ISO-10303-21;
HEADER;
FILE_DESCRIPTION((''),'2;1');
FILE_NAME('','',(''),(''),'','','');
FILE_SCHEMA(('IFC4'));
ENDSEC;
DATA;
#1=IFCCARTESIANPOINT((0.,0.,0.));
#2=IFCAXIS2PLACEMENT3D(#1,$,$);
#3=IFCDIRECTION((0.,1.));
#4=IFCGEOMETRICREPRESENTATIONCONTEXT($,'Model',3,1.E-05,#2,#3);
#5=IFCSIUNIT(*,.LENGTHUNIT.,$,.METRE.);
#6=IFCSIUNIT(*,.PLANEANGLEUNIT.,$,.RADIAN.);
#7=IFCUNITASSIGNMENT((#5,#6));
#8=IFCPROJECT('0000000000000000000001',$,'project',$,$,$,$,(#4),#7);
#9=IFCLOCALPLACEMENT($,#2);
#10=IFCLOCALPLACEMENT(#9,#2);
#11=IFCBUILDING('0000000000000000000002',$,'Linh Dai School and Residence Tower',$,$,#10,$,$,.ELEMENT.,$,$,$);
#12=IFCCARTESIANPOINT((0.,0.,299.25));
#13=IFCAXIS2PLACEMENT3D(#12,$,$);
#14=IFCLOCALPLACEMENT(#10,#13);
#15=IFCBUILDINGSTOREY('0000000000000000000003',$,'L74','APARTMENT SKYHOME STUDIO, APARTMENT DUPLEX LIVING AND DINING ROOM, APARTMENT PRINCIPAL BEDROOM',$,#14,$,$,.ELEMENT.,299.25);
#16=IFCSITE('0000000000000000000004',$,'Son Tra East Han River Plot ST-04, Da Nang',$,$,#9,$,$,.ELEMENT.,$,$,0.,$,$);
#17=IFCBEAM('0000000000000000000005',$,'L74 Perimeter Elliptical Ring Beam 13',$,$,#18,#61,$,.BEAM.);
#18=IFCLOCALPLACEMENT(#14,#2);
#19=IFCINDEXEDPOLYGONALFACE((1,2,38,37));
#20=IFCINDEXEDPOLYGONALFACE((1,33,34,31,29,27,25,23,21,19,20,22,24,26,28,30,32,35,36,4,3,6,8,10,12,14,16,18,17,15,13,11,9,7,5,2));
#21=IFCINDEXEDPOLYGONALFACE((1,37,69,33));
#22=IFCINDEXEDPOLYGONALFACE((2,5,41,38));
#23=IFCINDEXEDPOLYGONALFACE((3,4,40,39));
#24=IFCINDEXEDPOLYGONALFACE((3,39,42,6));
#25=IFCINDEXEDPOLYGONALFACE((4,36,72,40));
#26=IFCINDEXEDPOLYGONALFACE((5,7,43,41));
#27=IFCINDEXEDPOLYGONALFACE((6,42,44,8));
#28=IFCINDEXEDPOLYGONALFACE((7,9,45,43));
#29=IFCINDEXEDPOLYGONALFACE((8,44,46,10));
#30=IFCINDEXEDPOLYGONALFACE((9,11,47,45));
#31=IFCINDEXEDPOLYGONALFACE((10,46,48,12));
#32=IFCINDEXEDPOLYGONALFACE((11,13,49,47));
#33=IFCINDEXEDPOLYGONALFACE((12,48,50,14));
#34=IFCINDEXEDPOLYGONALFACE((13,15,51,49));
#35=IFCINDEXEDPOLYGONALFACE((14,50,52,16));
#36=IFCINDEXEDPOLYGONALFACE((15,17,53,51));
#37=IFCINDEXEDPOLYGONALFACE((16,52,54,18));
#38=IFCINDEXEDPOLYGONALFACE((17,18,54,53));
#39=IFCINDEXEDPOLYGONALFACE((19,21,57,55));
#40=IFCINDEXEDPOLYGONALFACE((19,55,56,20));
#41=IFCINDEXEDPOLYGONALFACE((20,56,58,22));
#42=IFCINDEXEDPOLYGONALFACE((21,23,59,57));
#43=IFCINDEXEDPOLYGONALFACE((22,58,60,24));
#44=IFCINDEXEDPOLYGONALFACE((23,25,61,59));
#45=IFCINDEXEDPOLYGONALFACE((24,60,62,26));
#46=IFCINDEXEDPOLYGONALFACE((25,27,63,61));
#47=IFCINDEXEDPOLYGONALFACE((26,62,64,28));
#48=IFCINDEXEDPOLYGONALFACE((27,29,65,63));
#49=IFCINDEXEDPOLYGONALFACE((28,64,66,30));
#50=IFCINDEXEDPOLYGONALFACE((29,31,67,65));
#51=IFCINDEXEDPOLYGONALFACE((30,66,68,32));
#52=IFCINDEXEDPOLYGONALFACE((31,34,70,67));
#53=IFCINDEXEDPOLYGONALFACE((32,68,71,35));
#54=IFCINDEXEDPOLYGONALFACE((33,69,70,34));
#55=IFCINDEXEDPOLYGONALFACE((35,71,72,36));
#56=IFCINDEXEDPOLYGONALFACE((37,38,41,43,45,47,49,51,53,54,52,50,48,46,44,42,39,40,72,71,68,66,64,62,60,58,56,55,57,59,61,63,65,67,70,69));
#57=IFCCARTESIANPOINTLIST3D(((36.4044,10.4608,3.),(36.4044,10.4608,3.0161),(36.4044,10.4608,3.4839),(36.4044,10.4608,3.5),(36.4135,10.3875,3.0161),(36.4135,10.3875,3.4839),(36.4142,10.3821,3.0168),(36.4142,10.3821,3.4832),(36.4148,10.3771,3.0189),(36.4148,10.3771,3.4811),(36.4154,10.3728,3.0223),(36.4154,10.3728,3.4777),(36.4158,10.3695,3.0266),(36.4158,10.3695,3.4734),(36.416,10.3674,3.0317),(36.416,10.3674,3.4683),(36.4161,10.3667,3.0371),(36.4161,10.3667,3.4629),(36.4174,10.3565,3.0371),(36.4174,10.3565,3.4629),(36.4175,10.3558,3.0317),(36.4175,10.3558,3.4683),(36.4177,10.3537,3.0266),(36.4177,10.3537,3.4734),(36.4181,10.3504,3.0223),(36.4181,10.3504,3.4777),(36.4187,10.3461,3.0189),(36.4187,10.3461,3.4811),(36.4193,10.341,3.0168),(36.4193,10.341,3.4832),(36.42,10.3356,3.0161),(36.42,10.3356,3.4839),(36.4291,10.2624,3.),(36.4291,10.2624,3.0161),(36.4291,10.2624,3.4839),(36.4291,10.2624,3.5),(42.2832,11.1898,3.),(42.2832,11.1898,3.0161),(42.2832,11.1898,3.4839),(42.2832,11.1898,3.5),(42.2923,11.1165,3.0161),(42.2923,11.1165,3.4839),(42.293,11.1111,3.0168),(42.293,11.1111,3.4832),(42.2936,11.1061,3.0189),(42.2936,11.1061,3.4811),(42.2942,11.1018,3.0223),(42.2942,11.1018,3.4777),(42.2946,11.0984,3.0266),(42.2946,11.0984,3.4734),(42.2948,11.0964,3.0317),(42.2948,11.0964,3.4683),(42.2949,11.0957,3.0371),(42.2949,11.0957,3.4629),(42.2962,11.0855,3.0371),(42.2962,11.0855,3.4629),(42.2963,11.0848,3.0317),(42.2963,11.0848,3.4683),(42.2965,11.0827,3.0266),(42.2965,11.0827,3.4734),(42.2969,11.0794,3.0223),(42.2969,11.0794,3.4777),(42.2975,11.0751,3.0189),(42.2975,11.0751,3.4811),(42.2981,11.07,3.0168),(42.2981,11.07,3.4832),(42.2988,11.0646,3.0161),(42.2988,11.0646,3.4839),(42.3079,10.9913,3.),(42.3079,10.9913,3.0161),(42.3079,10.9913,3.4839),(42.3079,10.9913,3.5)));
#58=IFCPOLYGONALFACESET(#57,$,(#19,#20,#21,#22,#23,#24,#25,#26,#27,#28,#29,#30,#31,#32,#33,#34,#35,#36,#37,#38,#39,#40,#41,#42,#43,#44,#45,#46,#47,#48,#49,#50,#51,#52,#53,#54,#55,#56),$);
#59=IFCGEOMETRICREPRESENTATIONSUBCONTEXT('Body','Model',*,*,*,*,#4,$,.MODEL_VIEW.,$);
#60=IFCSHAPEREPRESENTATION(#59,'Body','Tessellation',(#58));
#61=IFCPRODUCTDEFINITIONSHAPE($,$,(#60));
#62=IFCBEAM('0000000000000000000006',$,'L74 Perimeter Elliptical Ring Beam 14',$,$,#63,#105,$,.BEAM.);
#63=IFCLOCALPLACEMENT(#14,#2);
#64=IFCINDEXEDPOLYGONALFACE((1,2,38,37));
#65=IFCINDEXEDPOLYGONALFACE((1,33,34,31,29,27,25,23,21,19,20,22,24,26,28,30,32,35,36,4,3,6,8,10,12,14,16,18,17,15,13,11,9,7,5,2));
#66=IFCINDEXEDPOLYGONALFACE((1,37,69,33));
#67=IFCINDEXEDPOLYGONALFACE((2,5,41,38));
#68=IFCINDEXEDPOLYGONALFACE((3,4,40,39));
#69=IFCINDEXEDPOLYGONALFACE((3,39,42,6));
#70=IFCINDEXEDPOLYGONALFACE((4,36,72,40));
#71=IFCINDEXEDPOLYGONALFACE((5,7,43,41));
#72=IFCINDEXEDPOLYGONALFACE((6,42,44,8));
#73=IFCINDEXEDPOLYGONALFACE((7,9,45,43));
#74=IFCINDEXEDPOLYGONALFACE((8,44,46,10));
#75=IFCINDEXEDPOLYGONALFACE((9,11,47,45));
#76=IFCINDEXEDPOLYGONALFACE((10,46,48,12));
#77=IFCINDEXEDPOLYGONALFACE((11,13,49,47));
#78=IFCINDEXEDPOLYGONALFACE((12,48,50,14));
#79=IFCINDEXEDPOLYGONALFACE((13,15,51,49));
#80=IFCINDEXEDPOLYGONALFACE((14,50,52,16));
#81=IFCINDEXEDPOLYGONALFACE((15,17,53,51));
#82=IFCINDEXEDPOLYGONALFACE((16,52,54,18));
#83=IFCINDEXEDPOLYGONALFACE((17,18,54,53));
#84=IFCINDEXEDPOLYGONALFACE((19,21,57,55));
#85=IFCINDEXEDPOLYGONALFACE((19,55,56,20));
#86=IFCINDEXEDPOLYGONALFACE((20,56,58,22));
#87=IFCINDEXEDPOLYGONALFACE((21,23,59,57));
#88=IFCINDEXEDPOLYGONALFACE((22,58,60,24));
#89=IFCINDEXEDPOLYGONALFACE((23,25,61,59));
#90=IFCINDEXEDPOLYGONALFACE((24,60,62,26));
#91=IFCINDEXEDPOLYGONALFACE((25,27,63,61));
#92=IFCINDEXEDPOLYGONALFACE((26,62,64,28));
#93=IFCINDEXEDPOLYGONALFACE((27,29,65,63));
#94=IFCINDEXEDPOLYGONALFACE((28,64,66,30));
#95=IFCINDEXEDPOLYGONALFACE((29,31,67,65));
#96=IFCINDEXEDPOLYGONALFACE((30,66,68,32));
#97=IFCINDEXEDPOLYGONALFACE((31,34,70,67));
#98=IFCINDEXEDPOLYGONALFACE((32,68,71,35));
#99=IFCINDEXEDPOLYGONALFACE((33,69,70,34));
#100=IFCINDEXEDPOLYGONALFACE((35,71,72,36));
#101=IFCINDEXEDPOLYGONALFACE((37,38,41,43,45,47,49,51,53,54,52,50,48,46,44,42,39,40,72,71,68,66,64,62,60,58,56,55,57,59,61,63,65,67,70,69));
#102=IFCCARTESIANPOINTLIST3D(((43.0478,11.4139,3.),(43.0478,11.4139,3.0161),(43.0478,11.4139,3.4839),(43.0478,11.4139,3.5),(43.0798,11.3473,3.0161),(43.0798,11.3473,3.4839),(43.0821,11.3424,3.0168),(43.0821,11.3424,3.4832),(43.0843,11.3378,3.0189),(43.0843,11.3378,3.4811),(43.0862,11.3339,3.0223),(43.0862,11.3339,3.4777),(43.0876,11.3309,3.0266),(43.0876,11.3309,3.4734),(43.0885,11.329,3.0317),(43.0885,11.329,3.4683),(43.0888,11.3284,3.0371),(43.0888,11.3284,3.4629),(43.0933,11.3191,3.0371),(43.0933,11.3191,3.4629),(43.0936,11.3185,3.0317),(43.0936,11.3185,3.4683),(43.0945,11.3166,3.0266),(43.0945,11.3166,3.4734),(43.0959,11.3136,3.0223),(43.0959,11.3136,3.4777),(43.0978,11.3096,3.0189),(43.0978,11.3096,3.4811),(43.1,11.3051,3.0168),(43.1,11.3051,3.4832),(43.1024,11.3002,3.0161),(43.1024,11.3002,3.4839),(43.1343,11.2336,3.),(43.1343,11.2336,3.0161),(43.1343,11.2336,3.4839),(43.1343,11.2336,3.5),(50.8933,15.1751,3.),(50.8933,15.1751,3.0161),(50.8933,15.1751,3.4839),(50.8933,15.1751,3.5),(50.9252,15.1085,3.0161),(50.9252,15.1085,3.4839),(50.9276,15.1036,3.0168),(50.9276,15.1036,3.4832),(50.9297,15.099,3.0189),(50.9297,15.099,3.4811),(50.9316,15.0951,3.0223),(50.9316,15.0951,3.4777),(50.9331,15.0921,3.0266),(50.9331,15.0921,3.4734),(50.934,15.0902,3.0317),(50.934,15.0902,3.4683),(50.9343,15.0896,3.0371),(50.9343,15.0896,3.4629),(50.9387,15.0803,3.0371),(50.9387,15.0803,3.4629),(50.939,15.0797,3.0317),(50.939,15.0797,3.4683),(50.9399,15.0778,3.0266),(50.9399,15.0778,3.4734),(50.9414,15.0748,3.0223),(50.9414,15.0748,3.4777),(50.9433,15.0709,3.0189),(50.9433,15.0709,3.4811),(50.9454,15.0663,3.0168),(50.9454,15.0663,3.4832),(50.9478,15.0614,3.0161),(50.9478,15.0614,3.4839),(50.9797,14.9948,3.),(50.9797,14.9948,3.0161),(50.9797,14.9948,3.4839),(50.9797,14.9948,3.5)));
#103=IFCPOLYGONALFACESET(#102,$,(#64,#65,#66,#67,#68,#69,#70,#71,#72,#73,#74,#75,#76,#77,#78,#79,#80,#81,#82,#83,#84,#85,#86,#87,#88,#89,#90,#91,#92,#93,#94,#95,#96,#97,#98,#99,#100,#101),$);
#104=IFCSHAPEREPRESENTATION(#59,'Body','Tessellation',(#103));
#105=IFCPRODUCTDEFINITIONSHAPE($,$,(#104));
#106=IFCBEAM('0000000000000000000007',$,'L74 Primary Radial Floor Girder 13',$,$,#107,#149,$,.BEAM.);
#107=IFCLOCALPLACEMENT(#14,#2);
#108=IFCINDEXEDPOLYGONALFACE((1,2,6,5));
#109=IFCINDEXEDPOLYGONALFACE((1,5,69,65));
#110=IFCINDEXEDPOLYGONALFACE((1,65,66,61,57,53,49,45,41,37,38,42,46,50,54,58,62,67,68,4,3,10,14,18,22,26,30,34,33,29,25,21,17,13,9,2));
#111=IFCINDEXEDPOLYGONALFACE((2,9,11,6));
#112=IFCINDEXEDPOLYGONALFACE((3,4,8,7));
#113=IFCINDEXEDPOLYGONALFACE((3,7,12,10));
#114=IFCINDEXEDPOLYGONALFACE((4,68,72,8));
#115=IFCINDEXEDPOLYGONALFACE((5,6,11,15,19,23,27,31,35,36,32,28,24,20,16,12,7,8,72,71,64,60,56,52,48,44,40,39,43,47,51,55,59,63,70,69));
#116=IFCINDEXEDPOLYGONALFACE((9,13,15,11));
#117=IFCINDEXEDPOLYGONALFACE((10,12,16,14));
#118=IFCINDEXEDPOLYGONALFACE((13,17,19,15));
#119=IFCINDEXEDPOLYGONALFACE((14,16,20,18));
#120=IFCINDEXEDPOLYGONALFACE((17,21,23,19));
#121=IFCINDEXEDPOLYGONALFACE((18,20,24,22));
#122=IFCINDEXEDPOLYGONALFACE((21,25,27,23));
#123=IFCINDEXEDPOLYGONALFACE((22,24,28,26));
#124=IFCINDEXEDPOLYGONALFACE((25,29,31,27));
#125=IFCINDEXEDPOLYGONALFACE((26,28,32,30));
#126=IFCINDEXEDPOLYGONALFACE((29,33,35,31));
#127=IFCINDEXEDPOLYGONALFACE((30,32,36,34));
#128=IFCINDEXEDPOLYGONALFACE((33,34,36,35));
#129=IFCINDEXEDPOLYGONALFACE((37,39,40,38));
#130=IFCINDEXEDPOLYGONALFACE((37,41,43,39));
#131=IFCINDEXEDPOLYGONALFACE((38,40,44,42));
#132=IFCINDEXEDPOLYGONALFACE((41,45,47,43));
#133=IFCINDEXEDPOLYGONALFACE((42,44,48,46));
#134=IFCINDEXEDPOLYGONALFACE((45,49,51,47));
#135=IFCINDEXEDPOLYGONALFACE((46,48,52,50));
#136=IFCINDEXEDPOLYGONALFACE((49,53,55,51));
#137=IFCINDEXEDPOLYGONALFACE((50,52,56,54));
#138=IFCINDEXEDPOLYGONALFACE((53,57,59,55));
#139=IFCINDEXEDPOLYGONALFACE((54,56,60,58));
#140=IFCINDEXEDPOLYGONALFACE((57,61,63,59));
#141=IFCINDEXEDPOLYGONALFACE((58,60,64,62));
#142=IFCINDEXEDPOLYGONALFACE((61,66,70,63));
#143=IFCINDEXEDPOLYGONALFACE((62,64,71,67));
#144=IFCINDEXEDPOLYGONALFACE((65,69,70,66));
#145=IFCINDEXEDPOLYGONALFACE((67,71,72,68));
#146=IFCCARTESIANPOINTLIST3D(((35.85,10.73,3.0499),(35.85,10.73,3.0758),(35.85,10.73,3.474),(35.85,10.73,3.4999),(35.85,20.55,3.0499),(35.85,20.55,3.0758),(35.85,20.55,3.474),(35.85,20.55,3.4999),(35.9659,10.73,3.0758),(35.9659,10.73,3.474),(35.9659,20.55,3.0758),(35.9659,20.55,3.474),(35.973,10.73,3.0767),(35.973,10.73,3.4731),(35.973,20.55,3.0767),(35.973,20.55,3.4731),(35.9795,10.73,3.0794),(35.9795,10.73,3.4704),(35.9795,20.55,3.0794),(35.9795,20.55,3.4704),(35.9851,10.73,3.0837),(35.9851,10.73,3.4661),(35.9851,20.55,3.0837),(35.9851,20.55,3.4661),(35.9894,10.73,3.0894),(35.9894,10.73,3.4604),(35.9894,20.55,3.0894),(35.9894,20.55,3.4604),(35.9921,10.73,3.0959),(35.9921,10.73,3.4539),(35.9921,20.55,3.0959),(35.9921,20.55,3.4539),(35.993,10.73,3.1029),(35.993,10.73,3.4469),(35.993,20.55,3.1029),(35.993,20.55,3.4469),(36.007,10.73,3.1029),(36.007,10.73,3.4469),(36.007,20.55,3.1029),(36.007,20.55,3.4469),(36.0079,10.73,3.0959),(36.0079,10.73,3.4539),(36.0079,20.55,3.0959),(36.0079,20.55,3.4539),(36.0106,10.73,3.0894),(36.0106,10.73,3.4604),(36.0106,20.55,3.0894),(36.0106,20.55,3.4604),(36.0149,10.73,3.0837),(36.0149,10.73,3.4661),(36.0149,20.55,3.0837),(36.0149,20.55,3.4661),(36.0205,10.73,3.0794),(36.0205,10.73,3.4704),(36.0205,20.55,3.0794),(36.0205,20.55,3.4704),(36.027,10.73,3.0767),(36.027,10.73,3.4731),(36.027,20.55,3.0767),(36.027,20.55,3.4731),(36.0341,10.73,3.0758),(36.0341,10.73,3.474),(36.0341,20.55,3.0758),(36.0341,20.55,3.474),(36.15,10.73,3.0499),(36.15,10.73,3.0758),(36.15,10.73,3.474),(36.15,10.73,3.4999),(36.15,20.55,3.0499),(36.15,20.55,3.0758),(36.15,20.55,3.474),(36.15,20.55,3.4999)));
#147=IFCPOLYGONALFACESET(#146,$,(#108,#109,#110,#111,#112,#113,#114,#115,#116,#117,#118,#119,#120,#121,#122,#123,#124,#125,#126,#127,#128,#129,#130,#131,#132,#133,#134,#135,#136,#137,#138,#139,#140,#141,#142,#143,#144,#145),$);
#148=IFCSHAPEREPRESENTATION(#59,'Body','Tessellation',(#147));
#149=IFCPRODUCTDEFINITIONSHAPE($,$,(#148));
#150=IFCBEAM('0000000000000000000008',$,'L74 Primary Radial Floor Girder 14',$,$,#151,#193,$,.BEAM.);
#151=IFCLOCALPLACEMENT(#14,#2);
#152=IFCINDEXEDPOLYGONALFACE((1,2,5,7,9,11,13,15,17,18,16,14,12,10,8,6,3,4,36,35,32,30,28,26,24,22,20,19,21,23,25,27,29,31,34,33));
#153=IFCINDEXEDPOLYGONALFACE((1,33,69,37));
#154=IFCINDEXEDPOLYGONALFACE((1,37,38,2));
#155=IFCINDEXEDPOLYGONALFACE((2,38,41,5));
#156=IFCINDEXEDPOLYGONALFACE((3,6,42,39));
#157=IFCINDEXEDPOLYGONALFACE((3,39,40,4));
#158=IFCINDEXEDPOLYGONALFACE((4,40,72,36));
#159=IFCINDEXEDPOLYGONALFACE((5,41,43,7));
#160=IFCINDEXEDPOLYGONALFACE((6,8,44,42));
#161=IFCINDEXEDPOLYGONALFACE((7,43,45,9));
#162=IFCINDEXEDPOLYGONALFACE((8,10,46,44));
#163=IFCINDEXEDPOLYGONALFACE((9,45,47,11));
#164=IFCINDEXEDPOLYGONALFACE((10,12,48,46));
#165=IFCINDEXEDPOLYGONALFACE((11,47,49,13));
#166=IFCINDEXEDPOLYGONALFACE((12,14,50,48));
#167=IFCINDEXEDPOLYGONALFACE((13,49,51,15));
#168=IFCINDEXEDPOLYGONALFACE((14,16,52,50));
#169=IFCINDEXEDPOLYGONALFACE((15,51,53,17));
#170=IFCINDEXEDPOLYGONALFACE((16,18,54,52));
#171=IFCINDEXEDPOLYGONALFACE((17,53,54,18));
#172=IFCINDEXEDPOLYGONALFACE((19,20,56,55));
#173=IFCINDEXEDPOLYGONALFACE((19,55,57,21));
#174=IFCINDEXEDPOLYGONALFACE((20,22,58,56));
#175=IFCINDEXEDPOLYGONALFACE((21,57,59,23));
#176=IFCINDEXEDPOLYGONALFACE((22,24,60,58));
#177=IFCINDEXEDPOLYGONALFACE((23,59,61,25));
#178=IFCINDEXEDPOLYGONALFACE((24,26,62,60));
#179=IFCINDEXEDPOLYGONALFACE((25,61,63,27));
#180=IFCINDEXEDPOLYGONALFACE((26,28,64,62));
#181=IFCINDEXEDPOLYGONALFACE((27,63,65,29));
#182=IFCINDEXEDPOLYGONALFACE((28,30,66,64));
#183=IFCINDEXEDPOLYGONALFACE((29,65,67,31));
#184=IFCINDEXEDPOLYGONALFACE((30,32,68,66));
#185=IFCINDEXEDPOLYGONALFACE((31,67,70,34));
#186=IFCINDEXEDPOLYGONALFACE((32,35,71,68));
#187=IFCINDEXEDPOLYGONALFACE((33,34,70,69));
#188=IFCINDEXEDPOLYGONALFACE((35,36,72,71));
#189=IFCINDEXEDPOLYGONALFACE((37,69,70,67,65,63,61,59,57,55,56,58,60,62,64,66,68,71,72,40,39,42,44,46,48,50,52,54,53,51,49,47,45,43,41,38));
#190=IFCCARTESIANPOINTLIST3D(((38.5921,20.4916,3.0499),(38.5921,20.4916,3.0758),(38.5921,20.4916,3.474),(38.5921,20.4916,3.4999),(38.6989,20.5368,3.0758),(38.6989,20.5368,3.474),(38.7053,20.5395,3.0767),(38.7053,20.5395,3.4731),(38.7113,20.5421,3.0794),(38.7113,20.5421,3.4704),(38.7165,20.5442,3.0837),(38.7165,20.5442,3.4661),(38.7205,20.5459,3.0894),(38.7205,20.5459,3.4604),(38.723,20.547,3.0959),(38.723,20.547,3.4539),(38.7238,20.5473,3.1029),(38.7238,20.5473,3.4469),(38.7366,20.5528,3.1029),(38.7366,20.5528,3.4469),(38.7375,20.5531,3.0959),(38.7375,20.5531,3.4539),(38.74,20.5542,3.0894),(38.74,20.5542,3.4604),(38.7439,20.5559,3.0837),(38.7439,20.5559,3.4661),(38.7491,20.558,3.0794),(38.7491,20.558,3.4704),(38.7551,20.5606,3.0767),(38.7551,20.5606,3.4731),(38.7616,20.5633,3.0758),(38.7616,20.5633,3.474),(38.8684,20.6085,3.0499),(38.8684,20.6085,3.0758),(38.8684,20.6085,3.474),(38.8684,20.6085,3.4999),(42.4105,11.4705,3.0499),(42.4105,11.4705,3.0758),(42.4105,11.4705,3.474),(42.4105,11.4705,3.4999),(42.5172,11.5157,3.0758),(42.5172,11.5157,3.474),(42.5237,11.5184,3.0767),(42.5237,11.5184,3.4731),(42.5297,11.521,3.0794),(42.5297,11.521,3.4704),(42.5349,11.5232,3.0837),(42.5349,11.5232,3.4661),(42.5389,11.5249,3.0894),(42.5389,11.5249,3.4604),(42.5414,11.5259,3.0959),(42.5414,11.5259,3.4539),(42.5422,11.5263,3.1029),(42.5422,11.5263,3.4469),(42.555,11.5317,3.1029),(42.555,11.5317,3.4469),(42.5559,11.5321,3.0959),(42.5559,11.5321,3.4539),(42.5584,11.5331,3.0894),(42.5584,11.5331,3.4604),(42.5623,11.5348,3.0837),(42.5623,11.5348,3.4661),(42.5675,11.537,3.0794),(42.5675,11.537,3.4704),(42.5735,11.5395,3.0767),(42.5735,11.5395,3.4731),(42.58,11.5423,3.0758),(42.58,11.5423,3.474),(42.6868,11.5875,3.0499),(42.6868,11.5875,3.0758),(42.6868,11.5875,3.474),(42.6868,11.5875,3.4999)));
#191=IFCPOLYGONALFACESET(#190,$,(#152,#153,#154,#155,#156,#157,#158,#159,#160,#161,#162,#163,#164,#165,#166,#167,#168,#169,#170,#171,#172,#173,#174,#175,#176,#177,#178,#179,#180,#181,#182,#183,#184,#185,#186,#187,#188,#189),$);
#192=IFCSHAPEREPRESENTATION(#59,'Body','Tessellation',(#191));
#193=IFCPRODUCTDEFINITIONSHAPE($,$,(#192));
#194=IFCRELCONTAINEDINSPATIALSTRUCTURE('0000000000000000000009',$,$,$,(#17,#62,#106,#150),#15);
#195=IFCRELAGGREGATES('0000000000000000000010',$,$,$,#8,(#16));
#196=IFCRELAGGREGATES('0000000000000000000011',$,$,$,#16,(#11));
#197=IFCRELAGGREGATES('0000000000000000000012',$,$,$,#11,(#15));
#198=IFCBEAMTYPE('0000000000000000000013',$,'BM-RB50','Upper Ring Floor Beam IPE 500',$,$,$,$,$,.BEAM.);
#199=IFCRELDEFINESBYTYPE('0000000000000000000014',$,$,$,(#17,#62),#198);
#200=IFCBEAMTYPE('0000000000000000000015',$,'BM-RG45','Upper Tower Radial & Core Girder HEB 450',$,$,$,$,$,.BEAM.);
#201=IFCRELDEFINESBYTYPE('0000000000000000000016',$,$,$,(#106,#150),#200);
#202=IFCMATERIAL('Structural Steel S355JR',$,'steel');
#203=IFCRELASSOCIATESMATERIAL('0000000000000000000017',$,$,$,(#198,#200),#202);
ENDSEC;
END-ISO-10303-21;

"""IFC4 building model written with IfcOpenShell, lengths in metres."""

from ifc_helpers import new_model, si_unit, direction, frame, origin, origin_2d, place, context, subcontext, project, spatial, i_section, extrude, material, material_profile, profile_set, type_object, element, save


model = new_model("IFC4")

# Units and contexts
model_context = context("Model", 3, precision=1e-05, world=origin(), true_north=direction((0.0, 1.0)))
body_context = subcontext(model_context, "Body", "Model", "MODEL_VIEW")
ifc_project = project(units=[si_unit("LENGTHUNIT", "METRE"), si_unit("PLANEANGLEUNIT", "RADIAN")], contexts=[model_context])

# Site, building, storey
site_placement = place(None, origin())
site = spatial("IfcSite", under=ifc_project, at=site_placement, Name="Son Tra East Han River Plot ST-04, Da Nang", CompositionType="ELEMENT", RefElevation=0.0)
building_placement = place(site_placement, origin())
building = spatial("IfcBuilding", under=site, at=building_placement, Name="Linh Dai School and Residence Tower", CompositionType="ELEMENT")
storey_placement = place(building_placement, frame((0.0, 0.0, 299.25)))
storey = spatial("IfcBuildingStorey", under=building, at=storey_placement, Name="L74", Description="APARTMENT SKYHOME STUDIO, APARTMENT DUPLEX LIVING AND DINING ROOM, APARTMENT PRINCIPAL BEDROOM", CompositionType="ELEMENT", Elevation=299.25)

# Shared definitions
ifc_material_1 = material(Name="Structural Steel S355JR", Category="steel")

# Beams
ifc_material_profile_1 = material_profile(ifc_material_1, i_section(OverallWidth=0.2, OverallDepth=0.5, WebThickness=0.0103, FlangeThickness=0.0161, FilletRadius=0.021, at=origin_2d()), Name="IPE 500")
ifc_profile_set_1 = profile_set([ifc_material_profile_1], Name="Structural Steel S355JR")
beam_type_1 = type_object("IfcBeamType", Name="BM-RB50", Description="Upper Ring Floor Beam IPE 500", PredefinedType="BEAM", material=ifc_profile_set_1)
beam_1_placement = place(storey_placement, frame((36.4167, 10.3616, 3.25), z_axis=(0.992399, 0.123061, 0.0), x_axis=(-0.123061, 0.992399, 0.0)))
element("IfcBeam", 1, at=beam_1_placement, inside=storey, type_object=beam_type_1, Name="L74 Perimeter Elliptical Ring Beam 13", PredefinedType="BEAM", context=body_context, shape_type="SweptSolid", body=[
    extrude(i_section(OverallWidth=0.2, OverallDepth=0.5, WebThickness=0.0103, FlangeThickness=0.0161, FilletRadius=0.021, at=origin_2d()), origin(), (0.0, 0.0, 1.0), 5.9238),
])
beam_2_placement = place(storey_placement, frame((43.0911, 11.3237, 3.25), z_axis=(0.901729, 0.432302, 0.0), x_axis=(-0.432302, 0.901729, 0.0)))
element("IfcBeam", 2, at=beam_2_placement, inside=storey, type_object=beam_type_1, Name="L74 Perimeter Elliptical Ring Beam 14", PredefinedType="BEAM", context=body_context, shape_type="SweptSolid", body=[
    extrude(i_section(OverallWidth=0.2, OverallDepth=0.5, WebThickness=0.0103, FlangeThickness=0.0161, FilletRadius=0.021, at=origin_2d()), origin(), (0.0, 0.0, 1.0), 8.7004),
])
ifc_material_profile_2 = material_profile(ifc_material_1, i_section(OverallWidth=0.3, OverallDepth=0.45, WebThickness=0.0139, FlangeThickness=0.0259, FilletRadius=0.0271, at=origin_2d()), Name="HEB 450")
ifc_profile_set_2 = profile_set([ifc_material_profile_2], Name="Structural Steel S355JR")
beam_type_2 = type_object("IfcBeamType", Name="BM-RG45", Description="Upper Tower Radial & Core Girder HEB 450", PredefinedType="BEAM", material=ifc_profile_set_2)
beam_3_placement = place(storey_placement, frame((36.0, 20.55, 3.2749), z_axis=(0.0, -1.0, 0.0), x_axis=(1.0, 0.0, 0.0)))
element("IfcBeam", 3, at=beam_3_placement, inside=storey, type_object=beam_type_2, Name="L74 Primary Radial Floor Girder 13", PredefinedType="BEAM", context=body_context, shape_type="SweptSolid", body=[
    extrude(i_section(OverallWidth=0.3, OverallDepth=0.45, WebThickness=0.0139, FlangeThickness=0.0259, FilletRadius=0.0271, at=origin_2d()), origin(), (0.0, 0.0, 1.0), 9.8201),
])
beam_4_placement = place(storey_placement, frame((38.7302, 20.55, 3.2749), z_axis=(0.389794, -0.920902, 0.0), x_axis=(0.920902, 0.389794, 0.0)))
element("IfcBeam", 4, at=beam_4_placement, inside=storey, type_object=beam_type_2, Name="L74 Primary Radial Floor Girder 14", PredefinedType="BEAM", context=body_context, shape_type="SweptSolid", body=[
    extrude(i_section(OverallWidth=0.3, OverallDepth=0.45, WebThickness=0.0139, FlangeThickness=0.0259, FilletRadius=0.0271, at=origin_2d()), origin(), (0.0, 0.0, 1.0), 9.7959),
])

save(model, "model.ifc")
